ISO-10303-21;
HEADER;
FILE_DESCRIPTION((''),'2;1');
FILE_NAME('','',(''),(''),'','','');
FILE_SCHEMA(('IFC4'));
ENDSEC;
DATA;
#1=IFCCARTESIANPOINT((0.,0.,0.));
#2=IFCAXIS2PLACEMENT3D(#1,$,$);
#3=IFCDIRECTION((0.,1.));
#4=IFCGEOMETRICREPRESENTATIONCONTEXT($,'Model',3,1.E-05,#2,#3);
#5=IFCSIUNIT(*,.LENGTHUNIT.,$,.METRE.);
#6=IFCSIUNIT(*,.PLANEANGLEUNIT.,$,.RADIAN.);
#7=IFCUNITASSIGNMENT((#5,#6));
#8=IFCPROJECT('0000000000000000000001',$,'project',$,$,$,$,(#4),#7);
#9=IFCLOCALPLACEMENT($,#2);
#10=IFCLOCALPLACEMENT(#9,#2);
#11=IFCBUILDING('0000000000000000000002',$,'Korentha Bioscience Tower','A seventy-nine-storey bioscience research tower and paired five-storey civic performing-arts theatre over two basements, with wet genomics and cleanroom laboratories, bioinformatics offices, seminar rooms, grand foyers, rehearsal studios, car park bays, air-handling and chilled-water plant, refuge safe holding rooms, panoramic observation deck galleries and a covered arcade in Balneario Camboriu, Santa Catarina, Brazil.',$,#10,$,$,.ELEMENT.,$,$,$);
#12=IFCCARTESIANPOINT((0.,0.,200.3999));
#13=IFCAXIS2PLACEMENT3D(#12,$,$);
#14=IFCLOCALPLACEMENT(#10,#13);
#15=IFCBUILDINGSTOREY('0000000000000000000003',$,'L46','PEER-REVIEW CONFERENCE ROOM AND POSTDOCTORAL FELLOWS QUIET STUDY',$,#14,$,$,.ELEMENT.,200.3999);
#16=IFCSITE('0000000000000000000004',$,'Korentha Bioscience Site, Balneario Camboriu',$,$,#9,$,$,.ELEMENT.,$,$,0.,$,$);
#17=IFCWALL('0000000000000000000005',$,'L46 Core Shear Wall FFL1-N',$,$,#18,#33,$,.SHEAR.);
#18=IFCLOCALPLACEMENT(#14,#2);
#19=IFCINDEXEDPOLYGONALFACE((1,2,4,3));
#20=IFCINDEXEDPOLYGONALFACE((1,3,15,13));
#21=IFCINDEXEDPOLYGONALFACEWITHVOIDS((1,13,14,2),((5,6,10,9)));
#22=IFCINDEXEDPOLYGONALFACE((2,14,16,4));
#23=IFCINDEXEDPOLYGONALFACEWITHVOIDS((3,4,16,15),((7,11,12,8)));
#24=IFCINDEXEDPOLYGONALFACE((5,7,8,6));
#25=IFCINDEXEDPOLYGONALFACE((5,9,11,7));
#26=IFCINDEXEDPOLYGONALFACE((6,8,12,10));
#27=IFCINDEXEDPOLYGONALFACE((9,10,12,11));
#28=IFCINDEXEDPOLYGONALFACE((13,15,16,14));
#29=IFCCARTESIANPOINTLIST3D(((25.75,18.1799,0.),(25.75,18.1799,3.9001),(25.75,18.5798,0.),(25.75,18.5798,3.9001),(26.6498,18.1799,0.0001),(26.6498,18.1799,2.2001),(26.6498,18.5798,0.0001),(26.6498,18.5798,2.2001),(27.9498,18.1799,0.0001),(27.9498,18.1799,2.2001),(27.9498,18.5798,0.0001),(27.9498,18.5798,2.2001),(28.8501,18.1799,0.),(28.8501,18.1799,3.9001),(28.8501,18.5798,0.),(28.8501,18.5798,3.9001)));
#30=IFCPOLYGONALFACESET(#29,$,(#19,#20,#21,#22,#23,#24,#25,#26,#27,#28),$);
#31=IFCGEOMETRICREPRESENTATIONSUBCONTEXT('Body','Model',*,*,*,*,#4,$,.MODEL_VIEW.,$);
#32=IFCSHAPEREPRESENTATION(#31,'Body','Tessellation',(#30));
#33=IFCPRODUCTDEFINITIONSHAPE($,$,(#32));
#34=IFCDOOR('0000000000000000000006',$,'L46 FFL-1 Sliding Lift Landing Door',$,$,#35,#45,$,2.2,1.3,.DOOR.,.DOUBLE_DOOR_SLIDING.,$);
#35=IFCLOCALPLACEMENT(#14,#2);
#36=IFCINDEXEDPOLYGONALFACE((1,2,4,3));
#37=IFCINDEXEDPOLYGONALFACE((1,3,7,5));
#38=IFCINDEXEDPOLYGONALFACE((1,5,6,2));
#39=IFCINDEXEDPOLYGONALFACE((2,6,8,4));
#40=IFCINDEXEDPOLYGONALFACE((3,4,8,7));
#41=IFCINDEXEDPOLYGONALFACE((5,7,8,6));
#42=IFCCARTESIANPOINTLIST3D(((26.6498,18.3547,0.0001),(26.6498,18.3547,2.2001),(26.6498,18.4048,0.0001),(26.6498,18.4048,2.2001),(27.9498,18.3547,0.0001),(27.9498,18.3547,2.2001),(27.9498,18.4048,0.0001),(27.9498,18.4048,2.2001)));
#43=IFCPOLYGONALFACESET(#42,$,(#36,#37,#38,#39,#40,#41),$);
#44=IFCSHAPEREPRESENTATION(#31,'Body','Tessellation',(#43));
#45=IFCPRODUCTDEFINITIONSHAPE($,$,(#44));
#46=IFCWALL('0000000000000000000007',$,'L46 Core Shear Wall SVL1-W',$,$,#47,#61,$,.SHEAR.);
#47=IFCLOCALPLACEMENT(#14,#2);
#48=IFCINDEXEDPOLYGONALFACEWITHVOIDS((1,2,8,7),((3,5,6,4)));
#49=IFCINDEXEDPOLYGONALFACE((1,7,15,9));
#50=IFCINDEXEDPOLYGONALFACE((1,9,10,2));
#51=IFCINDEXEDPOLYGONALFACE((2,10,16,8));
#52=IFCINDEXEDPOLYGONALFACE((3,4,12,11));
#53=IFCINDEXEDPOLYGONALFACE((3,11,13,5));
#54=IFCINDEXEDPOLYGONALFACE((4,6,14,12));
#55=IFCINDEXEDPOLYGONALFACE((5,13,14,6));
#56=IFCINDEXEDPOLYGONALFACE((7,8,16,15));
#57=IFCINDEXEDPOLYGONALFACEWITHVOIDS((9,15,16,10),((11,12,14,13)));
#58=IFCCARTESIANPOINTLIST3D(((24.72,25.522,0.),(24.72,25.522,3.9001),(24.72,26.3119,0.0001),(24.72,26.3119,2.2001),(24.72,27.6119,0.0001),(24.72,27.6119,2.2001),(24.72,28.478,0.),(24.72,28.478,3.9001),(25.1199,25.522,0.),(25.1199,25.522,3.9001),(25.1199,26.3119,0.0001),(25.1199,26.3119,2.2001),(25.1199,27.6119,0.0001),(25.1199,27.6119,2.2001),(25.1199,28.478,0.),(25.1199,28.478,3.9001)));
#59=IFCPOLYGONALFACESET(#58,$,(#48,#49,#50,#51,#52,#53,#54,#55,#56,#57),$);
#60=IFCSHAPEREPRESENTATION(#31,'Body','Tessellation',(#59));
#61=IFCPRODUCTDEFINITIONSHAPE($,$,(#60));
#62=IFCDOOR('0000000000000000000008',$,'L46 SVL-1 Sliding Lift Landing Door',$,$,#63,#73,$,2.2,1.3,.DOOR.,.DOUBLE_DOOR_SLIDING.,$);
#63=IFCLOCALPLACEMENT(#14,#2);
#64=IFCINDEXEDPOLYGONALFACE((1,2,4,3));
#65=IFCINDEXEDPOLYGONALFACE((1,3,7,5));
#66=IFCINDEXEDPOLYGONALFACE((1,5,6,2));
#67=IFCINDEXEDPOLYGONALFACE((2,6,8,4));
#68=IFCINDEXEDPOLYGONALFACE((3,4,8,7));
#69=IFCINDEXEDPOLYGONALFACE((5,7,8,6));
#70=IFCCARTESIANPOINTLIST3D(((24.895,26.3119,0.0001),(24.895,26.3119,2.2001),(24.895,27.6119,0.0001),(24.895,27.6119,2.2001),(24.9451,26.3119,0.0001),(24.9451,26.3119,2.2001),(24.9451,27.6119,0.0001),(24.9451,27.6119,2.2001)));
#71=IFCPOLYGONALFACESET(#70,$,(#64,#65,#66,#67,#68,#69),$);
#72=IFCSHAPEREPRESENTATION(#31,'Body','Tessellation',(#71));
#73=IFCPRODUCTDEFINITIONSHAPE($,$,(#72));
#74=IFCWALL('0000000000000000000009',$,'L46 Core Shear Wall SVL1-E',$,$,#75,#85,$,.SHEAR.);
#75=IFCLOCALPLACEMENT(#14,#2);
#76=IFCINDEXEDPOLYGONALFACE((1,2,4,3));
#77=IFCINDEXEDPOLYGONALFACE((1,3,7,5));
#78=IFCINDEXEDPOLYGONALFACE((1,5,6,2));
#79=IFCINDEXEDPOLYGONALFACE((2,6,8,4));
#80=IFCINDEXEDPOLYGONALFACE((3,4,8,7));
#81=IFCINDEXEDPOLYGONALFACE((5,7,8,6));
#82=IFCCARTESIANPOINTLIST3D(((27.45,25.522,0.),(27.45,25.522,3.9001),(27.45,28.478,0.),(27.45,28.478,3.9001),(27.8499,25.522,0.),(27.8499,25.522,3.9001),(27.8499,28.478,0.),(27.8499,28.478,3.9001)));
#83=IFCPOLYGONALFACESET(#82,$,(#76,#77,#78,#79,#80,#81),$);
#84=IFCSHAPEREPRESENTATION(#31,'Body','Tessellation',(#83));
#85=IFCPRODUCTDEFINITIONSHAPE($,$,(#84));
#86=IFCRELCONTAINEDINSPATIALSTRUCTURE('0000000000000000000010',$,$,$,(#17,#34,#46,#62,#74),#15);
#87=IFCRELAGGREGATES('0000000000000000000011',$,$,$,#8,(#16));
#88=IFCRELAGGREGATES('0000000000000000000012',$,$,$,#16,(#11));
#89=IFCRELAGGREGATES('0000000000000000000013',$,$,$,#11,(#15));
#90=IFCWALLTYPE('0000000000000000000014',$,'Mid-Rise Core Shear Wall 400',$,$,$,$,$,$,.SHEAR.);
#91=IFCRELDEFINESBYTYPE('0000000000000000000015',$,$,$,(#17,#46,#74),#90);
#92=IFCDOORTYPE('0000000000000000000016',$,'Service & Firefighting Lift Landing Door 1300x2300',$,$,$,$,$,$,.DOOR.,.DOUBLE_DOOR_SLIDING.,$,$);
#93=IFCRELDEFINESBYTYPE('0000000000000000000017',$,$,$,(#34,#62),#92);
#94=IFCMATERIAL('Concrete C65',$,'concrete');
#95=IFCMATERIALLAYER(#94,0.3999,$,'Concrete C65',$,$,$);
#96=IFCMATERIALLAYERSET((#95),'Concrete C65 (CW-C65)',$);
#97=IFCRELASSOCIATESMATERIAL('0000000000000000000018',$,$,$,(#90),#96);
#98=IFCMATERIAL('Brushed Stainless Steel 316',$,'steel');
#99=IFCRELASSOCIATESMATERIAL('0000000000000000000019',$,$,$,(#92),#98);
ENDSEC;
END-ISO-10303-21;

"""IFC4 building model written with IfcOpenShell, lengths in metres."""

from ifc_helpers import new_model, si_unit, direction, frame, frame_2d, origin, place, context, subcontext, project, spatial, rectangle, extrude, material, layer, layer_set, type_object, element, fill, save


model = new_model("IFC4")

# Units and contexts
model_context = context("Model", 3, precision=1e-05, world=origin(), true_north=direction((0.0, 1.0)))
body_context = subcontext(model_context, "Body", "Model", "MODEL_VIEW")
ifc_project = project(units=[si_unit("LENGTHUNIT", "METRE"), si_unit("PLANEANGLEUNIT", "RADIAN")], contexts=[model_context])

# Site, building, storey
site_placement = place(None, origin())
site = spatial("IfcSite", under=ifc_project, at=site_placement, Name="Korentha Bioscience Site, Balneario Camboriu", CompositionType="ELEMENT", RefElevation=0.0)
building_placement = place(site_placement, origin())
building = spatial("IfcBuilding", under=site, at=building_placement, Name="Korentha Bioscience Tower", Description="A seventy-nine-storey bioscience research tower and paired five-storey civic performing-arts theatre over two basements, with wet genomics and cleanroom laboratories, bioinformatics offices, seminar rooms, grand foyers, rehearsal studios, car park bays, air-handling and chilled-water plant, refuge safe holding rooms, panoramic observation deck galleries and a covered arcade in Balneario Camboriu, Santa Catarina, Brazil.", CompositionType="ELEMENT")
storey_placement = place(building_placement, frame((0.0, 0.0, 200.3999)))
storey = spatial("IfcBuildingStorey", under=building, at=storey_placement, Name="L46", Description="PEER-REVIEW CONFERENCE ROOM AND POSTDOCTORAL FELLOWS QUIET STUDY", CompositionType="ELEMENT", Elevation=200.3999)

# Shared definitions
ifc_material_1 = material(Name="Concrete C65", Category="concrete")

# Shared definitions
ifc_layer_1 = layer(ifc_material_1, 0.3999, Name="Concrete C65")
ifc_layer_set_1 = layer_set([ifc_layer_1], Name="Concrete C65 (CW-C65)")
wall_type_1 = type_object("IfcWallType", Name="Mid-Rise Core Shear Wall 400", PredefinedType="SHEAR", material=ifc_layer_set_1)

# Walls, openings, doors
wall_1_placement = place(storey_placement, frame((25.75, 18.3799, 0.0), z_axis=(0.0, 0.0, 1.0), x_axis=(1.0, 0.0, 0.0)))
wall_1 = element("IfcWall", 1, at=wall_1_placement, inside=storey, type_object=wall_type_1, Name="L46 Core Shear Wall FFL1-N", PredefinedType="SHEAR", context=body_context, shape_type="SweptSolid", body=[
    extrude(rectangle(XDim=3.1001, YDim=0.3999, at=frame_2d((1.55, 0.0))), origin(), (0.0, 0.0, 1.0), 3.9001),
])
opening_1_placement = place(wall_1_placement, frame((0.8999, 0.0, 0.0)))
opening_1 = element("IfcOpeningElement", 2, at=opening_1_placement, cuts=wall_1, PredefinedType="OPENING", context=body_context, shape_type="SweptSolid", body=[
    extrude(rectangle(XDim=1.3, YDim=2.2, at=frame_2d((0.6499, 1.1001))), frame((0.0, 0.2148, 0.0), z_axis=(0.0, -1.0, 0.0), x_axis=(1.0, 0.0, 0.0)), (0.0, 0.0, 1.0), 0.4297),
])
ifc_material_2 = material(Name="Brushed Stainless Steel 316", Category="steel")
door_type_1 = type_object("IfcDoorType", Name="Service & Firefighting Lift Landing Door 1300x2300", OperationType="DOUBLE_DOOR_SLIDING", PredefinedType="DOOR", material=ifc_material_2)
door_1_placement = place(opening_1_placement, origin())
door_1 = element("IfcDoor", 3, at=door_1_placement, inside=storey, type_object=door_type_1, Name="L46 FFL-1 Sliding Lift Landing Door", OperationType="DOUBLE_DOOR_SLIDING", OverallHeight=2.2, OverallWidth=1.3, PredefinedType="DOOR", context=body_context, shape_type="SweptSolid", body=[
    extrude(rectangle(XDim=1.3, YDim=2.2, at=frame_2d((0.6499, 1.1001))), frame((0.0, 0.0249, 0.0), z_axis=(0.0, -1.0, 0.0), x_axis=(1.0, 0.0, 0.0)), (0.0, 0.0, 1.0), 0.05),
])
fill(opening_1, door_1)
wall_2_placement = place(storey_placement, frame((24.9199, 25.522, 0.0), z_axis=(0.0, 0.0, 1.0), x_axis=(0.0, 1.0, 0.0)))
wall_2 = element("IfcWall", 4, at=wall_2_placement, inside=storey, type_object=wall_type_1, Name="L46 Core Shear Wall SVL1-W", PredefinedType="SHEAR", context=body_context, shape_type="SweptSolid", body=[
    extrude(rectangle(XDim=2.9561, YDim=0.3999, at=frame_2d((1.478, 0.0))), origin(), (0.0, 0.0, 1.0), 3.9001),
])
opening_2_placement = place(wall_2_placement, frame((0.79, 0.0, 0.0)))
opening_2 = element("IfcOpeningElement", 5, at=opening_2_placement, cuts=wall_2, PredefinedType="OPENING", context=body_context, shape_type="SweptSolid", body=[
    extrude(rectangle(XDim=1.3, YDim=2.2, at=frame_2d((0.6499, 1.1001))), frame((0.0, 0.2148, 0.0), z_axis=(0.0, -1.0, 0.0), x_axis=(1.0, 0.0, 0.0)), (0.0, 0.0, 1.0), 0.4297),
])
door_2_placement = place(opening_2_placement, origin())
door_2 = element("IfcDoor", 6, at=door_2_placement, inside=storey, type_object=door_type_1, Name="L46 SVL-1 Sliding Lift Landing Door", OperationType="DOUBLE_DOOR_SLIDING", OverallHeight=2.2, OverallWidth=1.3, PredefinedType="DOOR", context=body_context, shape_type="SweptSolid", body=[
    extrude(rectangle(XDim=1.3, YDim=2.2, at=frame_2d((0.6499, 1.1001))), frame((0.0, 0.0249, 0.0), z_axis=(0.0, -1.0, 0.0), x_axis=(1.0, 0.0, 0.0)), (0.0, 0.0, 1.0), 0.05),
])
fill(opening_2, door_2)

# Wall
wall_3_placement = place(storey_placement, frame((27.6499, 25.522, 0.0), z_axis=(0.0, 0.0, 1.0), x_axis=(0.0, 1.0, 0.0)))
element("IfcWall", 7, at=wall_3_placement, inside=storey, type_object=wall_type_1, Name="L46 Core Shear Wall SVL1-E", PredefinedType="SHEAR", context=body_context, shape_type="SweptSolid", body=[
    extrude(rectangle(XDim=2.9561, YDim=0.3999, at=frame_2d((1.478, 0.0))), origin(), (0.0, 0.0, 1.0), 3.9001),
])

save(model, "model.ifc")
